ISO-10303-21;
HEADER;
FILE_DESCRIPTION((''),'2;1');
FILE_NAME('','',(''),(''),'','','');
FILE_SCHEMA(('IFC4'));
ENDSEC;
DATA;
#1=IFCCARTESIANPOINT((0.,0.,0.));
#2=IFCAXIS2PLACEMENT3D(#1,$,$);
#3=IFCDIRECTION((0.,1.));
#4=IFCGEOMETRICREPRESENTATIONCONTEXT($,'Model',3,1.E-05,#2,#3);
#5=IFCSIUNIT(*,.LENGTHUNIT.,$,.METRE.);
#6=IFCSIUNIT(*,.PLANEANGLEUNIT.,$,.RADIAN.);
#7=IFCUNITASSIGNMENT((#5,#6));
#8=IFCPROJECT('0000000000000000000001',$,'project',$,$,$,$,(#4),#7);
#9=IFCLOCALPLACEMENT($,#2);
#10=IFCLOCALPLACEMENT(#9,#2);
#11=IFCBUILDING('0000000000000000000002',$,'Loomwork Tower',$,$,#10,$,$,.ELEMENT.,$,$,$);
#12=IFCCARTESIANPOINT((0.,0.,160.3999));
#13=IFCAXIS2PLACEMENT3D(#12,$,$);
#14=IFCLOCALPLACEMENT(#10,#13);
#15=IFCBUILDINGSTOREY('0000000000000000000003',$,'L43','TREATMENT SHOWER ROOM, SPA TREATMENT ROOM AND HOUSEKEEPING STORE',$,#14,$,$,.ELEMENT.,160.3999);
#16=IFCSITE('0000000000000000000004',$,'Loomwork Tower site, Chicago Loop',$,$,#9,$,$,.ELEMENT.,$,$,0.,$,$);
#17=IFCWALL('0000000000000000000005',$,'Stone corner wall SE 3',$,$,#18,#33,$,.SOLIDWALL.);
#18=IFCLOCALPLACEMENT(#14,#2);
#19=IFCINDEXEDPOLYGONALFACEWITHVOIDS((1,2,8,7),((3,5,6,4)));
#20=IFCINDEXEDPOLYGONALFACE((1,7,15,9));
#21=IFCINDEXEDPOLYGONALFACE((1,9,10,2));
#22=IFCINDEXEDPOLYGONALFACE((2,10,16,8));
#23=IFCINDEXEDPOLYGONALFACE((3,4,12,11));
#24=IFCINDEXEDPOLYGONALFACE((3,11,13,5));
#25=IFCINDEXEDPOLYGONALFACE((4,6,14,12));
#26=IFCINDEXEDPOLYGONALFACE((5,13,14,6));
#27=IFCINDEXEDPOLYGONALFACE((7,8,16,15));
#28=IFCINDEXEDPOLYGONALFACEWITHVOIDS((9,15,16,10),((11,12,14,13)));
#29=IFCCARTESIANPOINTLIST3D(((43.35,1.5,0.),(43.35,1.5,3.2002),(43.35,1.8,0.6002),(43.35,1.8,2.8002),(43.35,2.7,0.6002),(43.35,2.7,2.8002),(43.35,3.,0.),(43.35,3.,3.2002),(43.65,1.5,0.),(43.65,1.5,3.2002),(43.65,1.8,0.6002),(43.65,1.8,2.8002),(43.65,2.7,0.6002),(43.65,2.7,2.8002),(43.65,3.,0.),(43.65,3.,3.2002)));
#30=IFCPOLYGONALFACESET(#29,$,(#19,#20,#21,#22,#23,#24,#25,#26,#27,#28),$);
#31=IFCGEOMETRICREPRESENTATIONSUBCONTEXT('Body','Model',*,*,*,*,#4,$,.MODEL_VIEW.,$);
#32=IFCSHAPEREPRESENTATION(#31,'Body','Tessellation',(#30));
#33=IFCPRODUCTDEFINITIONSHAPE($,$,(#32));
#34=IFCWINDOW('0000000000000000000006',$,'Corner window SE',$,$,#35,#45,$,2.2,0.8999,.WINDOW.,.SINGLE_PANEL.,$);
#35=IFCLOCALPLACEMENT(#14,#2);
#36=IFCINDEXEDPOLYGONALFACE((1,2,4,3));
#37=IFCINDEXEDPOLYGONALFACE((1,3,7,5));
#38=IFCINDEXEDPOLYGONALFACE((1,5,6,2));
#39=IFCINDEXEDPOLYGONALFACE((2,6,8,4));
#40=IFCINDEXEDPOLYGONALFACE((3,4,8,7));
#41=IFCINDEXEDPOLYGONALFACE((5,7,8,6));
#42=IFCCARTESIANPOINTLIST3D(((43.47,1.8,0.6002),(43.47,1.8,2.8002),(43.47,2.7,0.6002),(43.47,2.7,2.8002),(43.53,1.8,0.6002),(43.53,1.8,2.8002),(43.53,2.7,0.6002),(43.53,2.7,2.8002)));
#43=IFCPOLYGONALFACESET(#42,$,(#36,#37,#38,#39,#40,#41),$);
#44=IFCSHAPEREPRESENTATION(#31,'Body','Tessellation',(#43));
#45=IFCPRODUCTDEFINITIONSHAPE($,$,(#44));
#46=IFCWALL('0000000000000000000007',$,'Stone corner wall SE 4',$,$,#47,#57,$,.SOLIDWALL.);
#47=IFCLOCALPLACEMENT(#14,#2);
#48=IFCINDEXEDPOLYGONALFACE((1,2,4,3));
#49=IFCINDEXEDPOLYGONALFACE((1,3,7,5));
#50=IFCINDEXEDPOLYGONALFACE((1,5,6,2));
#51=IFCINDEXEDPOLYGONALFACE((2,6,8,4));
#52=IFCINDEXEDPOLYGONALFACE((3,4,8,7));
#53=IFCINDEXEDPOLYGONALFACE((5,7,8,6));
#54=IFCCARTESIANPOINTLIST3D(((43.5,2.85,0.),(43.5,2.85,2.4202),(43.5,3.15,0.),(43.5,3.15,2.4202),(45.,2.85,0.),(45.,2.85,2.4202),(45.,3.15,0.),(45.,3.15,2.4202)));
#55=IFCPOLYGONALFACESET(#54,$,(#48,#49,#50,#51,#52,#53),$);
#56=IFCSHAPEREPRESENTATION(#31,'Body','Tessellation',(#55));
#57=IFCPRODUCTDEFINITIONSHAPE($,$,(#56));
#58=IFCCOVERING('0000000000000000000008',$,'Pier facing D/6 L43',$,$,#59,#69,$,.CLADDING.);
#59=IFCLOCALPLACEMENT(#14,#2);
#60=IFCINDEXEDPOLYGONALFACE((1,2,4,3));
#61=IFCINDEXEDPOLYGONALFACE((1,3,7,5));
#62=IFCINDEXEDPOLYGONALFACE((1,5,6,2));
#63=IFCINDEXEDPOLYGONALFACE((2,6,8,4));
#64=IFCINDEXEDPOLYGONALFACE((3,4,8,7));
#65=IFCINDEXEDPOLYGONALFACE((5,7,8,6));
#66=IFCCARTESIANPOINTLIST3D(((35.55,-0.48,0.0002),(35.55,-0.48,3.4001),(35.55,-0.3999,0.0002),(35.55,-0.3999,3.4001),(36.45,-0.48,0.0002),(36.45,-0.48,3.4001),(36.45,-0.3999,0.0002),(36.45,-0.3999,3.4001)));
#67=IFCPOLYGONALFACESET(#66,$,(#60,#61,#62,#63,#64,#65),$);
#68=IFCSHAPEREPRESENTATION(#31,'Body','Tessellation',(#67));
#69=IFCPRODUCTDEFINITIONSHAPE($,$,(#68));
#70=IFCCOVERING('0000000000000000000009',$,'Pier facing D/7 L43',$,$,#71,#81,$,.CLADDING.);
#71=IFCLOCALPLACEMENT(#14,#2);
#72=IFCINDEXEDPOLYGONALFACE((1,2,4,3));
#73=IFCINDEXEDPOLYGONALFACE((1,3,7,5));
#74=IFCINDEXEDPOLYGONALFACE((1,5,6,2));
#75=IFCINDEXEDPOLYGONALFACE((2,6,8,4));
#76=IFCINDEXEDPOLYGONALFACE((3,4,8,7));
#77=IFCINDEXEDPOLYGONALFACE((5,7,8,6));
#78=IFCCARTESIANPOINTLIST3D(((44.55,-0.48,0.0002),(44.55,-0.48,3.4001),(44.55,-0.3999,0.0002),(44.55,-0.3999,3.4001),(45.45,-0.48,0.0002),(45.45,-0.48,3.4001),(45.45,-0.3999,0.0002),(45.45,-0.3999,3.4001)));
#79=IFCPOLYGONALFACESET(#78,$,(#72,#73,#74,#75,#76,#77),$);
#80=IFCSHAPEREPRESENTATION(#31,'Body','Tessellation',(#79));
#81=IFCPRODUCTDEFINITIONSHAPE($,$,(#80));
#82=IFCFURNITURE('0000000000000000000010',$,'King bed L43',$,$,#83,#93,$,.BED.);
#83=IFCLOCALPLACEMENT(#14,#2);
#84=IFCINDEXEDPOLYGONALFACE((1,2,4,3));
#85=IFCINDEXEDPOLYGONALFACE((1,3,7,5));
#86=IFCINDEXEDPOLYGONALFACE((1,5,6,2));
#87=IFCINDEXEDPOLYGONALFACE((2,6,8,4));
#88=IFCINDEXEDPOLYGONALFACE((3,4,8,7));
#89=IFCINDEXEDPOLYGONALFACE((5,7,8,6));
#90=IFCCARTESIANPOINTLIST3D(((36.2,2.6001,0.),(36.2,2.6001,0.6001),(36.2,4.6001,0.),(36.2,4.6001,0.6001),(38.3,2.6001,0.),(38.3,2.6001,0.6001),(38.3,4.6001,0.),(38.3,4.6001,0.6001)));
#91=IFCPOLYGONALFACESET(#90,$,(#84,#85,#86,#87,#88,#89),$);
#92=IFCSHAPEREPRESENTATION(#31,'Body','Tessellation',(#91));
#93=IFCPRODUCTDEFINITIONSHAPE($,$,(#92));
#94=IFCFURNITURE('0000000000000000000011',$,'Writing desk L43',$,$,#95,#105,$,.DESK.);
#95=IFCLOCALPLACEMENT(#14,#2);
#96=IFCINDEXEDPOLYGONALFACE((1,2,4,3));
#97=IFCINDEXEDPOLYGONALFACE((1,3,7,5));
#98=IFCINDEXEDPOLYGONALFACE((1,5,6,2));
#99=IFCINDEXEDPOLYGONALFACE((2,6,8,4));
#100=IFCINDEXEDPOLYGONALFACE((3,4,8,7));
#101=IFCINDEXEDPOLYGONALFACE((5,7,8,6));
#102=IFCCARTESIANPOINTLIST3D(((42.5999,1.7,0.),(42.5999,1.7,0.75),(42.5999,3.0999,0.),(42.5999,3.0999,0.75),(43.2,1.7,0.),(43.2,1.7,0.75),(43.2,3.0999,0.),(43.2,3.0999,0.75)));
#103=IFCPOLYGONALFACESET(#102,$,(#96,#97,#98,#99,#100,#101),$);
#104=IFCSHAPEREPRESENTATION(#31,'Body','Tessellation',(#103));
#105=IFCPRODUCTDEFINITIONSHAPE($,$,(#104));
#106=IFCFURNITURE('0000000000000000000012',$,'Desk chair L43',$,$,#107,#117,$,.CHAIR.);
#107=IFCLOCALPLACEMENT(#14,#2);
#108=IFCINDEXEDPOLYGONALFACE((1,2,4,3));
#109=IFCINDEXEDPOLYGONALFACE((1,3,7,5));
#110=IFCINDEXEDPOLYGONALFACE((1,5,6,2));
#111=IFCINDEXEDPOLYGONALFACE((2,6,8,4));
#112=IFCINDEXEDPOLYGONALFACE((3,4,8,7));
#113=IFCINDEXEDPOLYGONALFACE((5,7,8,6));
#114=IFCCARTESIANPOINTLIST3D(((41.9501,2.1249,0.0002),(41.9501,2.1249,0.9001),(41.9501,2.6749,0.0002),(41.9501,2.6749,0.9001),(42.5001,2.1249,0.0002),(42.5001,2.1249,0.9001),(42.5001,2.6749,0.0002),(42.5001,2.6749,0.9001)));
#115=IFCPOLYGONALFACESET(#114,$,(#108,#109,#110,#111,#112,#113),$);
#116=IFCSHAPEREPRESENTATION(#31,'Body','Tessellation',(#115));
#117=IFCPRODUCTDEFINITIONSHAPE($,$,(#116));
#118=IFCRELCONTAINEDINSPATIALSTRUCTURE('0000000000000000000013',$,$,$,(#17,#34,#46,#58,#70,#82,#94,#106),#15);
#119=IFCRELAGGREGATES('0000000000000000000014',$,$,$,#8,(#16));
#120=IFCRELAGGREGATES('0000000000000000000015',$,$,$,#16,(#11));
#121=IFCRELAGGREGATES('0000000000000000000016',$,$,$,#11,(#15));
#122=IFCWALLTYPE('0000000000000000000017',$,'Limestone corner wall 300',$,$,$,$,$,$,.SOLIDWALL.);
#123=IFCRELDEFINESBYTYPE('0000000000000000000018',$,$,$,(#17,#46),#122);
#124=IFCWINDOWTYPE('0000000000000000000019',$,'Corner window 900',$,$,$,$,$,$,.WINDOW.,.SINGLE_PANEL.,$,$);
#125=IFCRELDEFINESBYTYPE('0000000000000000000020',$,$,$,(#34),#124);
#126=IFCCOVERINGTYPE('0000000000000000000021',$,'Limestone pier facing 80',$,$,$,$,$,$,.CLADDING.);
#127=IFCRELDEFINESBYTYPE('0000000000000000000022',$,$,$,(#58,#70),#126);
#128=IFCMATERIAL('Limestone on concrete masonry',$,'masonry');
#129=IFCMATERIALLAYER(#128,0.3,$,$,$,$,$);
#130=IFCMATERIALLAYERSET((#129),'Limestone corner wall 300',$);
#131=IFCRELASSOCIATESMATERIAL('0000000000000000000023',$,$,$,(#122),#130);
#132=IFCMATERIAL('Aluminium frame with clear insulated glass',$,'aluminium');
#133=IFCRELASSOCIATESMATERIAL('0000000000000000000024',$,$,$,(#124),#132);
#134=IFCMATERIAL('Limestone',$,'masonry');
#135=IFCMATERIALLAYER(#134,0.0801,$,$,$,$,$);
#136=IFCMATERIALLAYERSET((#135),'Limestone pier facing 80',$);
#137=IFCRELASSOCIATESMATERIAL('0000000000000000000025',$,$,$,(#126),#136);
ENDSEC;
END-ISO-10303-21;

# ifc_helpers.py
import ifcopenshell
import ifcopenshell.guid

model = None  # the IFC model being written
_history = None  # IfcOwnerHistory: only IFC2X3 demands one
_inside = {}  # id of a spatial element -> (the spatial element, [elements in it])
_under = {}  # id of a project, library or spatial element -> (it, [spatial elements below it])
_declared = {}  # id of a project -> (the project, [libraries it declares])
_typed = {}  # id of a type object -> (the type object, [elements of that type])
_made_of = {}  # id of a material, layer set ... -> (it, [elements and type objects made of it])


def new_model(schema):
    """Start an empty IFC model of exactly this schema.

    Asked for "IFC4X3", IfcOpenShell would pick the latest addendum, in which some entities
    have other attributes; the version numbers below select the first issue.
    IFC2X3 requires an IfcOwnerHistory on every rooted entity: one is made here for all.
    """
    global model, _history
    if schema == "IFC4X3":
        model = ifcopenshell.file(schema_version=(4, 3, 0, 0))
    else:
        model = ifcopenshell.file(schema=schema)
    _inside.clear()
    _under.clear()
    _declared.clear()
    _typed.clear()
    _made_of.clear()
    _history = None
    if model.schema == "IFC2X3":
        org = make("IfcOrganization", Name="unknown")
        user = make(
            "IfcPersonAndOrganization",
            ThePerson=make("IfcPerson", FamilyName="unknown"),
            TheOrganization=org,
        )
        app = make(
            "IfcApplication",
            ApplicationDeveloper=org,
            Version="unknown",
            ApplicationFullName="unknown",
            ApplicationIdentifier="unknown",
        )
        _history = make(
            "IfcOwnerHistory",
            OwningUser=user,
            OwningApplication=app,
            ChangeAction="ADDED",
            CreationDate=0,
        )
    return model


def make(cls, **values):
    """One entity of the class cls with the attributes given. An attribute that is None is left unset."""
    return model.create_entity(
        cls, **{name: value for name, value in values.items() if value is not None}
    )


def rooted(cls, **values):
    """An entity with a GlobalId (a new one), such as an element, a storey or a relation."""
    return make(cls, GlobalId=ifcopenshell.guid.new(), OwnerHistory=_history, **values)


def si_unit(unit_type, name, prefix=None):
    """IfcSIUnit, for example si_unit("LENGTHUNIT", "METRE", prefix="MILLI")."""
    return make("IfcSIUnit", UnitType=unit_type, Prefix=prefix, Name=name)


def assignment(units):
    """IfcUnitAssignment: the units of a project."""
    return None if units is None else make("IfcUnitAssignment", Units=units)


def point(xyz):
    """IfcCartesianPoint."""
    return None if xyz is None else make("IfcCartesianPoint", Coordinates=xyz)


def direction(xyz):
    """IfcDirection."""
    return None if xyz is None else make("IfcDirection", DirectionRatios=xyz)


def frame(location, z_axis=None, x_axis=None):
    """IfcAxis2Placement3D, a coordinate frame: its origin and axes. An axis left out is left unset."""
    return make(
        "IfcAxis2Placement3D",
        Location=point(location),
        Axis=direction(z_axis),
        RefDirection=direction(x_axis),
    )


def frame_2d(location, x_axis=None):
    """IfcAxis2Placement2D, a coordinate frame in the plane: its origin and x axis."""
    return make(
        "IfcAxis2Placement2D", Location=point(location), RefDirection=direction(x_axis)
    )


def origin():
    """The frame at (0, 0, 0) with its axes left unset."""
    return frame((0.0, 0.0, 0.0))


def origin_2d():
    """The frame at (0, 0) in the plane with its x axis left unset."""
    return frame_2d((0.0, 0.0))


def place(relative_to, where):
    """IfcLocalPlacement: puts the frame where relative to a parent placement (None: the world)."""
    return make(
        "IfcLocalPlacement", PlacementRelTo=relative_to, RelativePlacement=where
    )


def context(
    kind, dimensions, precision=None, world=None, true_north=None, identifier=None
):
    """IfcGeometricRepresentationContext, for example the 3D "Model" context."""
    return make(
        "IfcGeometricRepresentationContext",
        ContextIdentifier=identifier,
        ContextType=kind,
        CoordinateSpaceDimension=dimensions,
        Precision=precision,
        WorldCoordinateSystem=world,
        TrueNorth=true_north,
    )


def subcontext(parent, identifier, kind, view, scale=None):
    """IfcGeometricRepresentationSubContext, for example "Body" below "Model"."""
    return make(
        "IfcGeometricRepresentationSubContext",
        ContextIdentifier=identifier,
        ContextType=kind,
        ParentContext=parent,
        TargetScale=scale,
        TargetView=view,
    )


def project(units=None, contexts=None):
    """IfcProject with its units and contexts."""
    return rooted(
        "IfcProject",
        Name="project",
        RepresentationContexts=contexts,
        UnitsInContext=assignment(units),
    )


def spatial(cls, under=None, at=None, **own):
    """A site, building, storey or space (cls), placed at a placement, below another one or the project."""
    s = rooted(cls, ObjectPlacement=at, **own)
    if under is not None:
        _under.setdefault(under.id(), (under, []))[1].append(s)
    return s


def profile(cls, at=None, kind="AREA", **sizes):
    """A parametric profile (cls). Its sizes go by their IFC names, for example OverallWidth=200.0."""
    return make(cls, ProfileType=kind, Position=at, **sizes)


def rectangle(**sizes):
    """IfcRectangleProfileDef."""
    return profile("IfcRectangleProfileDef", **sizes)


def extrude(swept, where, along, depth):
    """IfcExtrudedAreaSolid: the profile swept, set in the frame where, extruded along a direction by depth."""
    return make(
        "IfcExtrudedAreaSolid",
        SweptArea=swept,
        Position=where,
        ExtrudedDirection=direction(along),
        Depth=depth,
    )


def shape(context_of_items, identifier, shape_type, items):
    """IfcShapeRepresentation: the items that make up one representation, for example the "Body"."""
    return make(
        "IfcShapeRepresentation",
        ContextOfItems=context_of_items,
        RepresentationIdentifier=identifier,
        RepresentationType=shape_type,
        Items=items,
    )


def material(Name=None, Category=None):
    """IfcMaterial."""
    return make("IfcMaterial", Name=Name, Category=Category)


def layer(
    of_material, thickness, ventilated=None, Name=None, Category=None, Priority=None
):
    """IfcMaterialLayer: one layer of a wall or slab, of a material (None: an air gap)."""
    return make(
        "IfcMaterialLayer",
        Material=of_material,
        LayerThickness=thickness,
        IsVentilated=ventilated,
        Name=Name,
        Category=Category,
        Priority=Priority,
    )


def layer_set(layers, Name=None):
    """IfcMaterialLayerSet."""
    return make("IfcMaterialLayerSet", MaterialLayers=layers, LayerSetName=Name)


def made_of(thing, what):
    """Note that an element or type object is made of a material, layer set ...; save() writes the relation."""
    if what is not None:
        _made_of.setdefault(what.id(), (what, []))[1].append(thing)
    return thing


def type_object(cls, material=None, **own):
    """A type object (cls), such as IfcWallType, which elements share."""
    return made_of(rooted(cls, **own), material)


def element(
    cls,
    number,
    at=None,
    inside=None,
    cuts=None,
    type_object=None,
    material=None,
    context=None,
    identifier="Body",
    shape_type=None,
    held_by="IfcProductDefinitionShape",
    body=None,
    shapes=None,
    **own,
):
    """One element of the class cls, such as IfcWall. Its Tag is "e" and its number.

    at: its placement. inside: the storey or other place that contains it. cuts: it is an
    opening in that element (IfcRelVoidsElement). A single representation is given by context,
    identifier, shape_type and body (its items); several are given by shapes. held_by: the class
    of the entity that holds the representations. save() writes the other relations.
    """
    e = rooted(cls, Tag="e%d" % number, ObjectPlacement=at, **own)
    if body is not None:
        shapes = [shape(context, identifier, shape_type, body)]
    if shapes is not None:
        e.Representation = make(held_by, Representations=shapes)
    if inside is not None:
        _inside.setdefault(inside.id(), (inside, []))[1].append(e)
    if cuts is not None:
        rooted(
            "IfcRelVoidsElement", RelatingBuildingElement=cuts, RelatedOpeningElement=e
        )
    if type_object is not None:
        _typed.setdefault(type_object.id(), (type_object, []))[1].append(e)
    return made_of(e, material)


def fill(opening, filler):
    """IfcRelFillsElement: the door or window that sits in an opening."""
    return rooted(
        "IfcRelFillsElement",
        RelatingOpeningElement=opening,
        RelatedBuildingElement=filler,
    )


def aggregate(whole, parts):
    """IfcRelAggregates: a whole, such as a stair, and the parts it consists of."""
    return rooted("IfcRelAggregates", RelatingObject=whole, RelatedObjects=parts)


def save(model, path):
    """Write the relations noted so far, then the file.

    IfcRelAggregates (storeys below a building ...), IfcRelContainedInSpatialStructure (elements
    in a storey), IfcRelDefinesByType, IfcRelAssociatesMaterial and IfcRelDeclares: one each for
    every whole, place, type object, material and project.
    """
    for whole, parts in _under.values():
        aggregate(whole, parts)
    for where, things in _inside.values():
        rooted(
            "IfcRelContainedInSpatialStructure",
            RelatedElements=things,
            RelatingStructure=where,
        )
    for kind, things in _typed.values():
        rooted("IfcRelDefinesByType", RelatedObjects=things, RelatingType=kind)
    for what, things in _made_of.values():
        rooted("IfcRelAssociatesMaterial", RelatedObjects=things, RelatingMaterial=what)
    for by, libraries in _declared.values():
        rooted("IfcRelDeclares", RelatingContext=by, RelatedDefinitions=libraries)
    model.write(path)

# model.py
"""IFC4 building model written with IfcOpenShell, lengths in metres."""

from ifc_helpers import new_model, si_unit, direction, frame, frame_2d, origin, origin_2d, place, context, subcontext, project, spatial, rectangle, extrude, material, layer, layer_set, type_object, element, fill, save


model = new_model("IFC4")

# Units and contexts
model_context = context("Model", 3, precision=1e-05, world=origin(), true_north=direction((0.0, 1.0)))
body_context = subcontext(model_context, "Body", "Model", "MODEL_VIEW")
ifc_project = project(units=[si_unit("LENGTHUNIT", "METRE"), si_unit("PLANEANGLEUNIT", "RADIAN")], contexts=[model_context])

# Site, building, storey
site_placement = place(None, origin())
site = spatial("IfcSite", under=ifc_project, at=site_placement, Name="Loomwork Tower site, Chicago Loop", CompositionType="ELEMENT", RefElevation=0.0)
building_placement = place(site_placement, origin())
building = spatial("IfcBuilding", under=site, at=building_placement, Name="Loomwork Tower", CompositionType="ELEMENT")
storey_placement = place(building_placement, frame((0.0, 0.0, 160.3999)))
storey = spatial("IfcBuildingStorey", under=building, at=storey_placement, Name="L43", Description="TREATMENT SHOWER ROOM, SPA TREATMENT ROOM AND HOUSEKEEPING STORE", CompositionType="ELEMENT", Elevation=160.3999)

# Shared definitions
ifc_material_1 = material(Name="Limestone on concrete masonry", Category="masonry")
ifc_layer_1 = layer(ifc_material_1, 0.3)
ifc_layer_set_1 = layer_set([ifc_layer_1], Name="Limestone corner wall 300")
wall_type_1 = type_object("IfcWallType", Name="Limestone corner wall 300", PredefinedType="SOLIDWALL", material=ifc_layer_set_1)

# Wall, opening, window
ifc_material_2 = material(Name="Aluminium frame with clear insulated glass", Category="aluminium")
window_type_1 = type_object("IfcWindowType", Name="Corner window 900", PartitioningType="SINGLE_PANEL", PredefinedType="WINDOW", material=ifc_material_2)
wall_1_placement = place(storey_placement, frame((43.5, 1.5, 0.0), z_axis=(0.0, 0.0, 1.0), x_axis=(0.0, 1.0, 0.0)))
wall_1 = element("IfcWall", 1, at=wall_1_placement, inside=storey, type_object=wall_type_1, Name="Stone corner wall SE 3", PredefinedType="SOLIDWALL", context=body_context, shape_type="SweptSolid", body=[
    extrude(rectangle(XDim=1.5, YDim=0.3, at=frame_2d((0.75, 0.0))), origin(), (0.0, 0.0, 1.0), 3.2002),
])
opening_1_placement = place(wall_1_placement, frame((0.3, 0.0, 0.6001)))
opening_1 = element("IfcOpeningElement", 2, at=opening_1_placement, cuts=wall_1, PredefinedType="OPENING", context=body_context, shape_type="SweptSolid", body=[
    extrude(rectangle(XDim=0.8999, YDim=2.2, at=frame_2d((0.45, 1.1001))), frame((0.0, 0.1599, 0.0), z_axis=(0.0, -1.0, 0.0), x_axis=(1.0, 0.0, 0.0)), (0.0, 0.0, 1.0), 0.3201),
])
window_1_placement = place(opening_1_placement, origin())
window_1 = element("IfcWindow", 3, at=window_1_placement, inside=storey, type_object=window_type_1, Name="Corner window SE", OverallHeight=2.2, OverallWidth=0.8999, PartitioningType="SINGLE_PANEL", PredefinedType="WINDOW", context=body_context, shape_type="SweptSolid", body=[
    extrude(rectangle(XDim=0.8999, YDim=2.2, at=frame_2d((0.45, 1.1001))), frame((0.0, 0.03, 0.0), z_axis=(0.0, -1.0, 0.0), x_axis=(1.0, 0.0, 0.0)), (0.0, 0.0, 1.0), 0.0601),
])
fill(opening_1, window_1)

# Wall
wall_2_placement = place(storey_placement, frame((43.5, 3.0, 0.0), z_axis=(0.0, 0.0, 1.0), x_axis=(1.0, 0.0, 0.0)))
element("IfcWall", 4, at=wall_2_placement, inside=storey, type_object=wall_type_1, Name="Stone corner wall SE 4", PredefinedType="SOLIDWALL", context=body_context, shape_type="SweptSolid", body=[
    extrude(rectangle(XDim=1.5, YDim=0.3, at=frame_2d((0.75, 0.0))), origin(), (0.0, 0.0, 1.0), 2.4202),
])

# Coverings
ifc_material_3 = material(Name="Limestone", Category="masonry")
ifc_layer_2 = layer(ifc_material_3, 0.0801)
ifc_layer_set_2 = layer_set([ifc_layer_2], Name="Limestone pier facing 80")
covering_type = type_object("IfcCoveringType", Name="Limestone pier facing 80", PredefinedType="CLADDING", material=ifc_layer_set_2)
for number, where, z_axis, x_axis, name in (
    (5, (36.0, -0.4399, 0.0002), (0.0, 0.0, 1.0), (1.0, 0.0, 0.0), "Pier facing D/6 L43"),
    (6, (45.0, -0.4399, 0.0002), (0.0, 0.0, 1.0), (1.0, 0.0, 0.0), "Pier facing D/7 L43"),
):
    element("IfcCovering", number, at=place(storey_placement, frame(where, z_axis=z_axis, x_axis=x_axis)), inside=storey, type_object=covering_type, Name=name, PredefinedType="CLADDING", context=body_context, shape_type="SweptSolid", body=[
        extrude(rectangle(XDim=0.8999, YDim=0.0801, at=origin_2d()), origin(), (0.0, 0.0, 1.0), 3.3999),
    ])

# Furniture
furniture_1_placement = place(storey_placement, frame((37.25, 3.6001, 0.0), z_axis=(0.0, 0.0, 1.0), x_axis=(1.0, 0.0, 0.0)))
element("IfcFurniture", 7, at=furniture_1_placement, inside=storey, Name="King bed L43", PredefinedType="BED", context=body_context, shape_type="SweptSolid", body=[
    extrude(rectangle(XDim=2.1001, YDim=2.0, at=origin_2d()), origin(), (0.0, 0.0, 1.0), 0.6001),
])
furniture_2_placement = place(storey_placement, frame((42.8999, 2.3999, 0.0), z_axis=(0.0, 0.0, 1.0), x_axis=(1.0, 0.0, 0.0)))
element("IfcFurniture", 8, at=furniture_2_placement, inside=storey, Name="Writing desk L43", PredefinedType="DESK", context=body_context, shape_type="SweptSolid", body=[
    extrude(rectangle(XDim=0.6001, YDim=1.3999, at=origin_2d()), origin(), (0.0, 0.0, 1.0), 0.75),
])
furniture_3_placement = place(storey_placement, frame((42.2251, 2.3999, 0.0002), z_axis=(0.0, 0.0, 1.0), x_axis=(1.0, 0.0, 0.0)))
element("IfcFurniture", 9, at=furniture_3_placement, inside=storey, Name="Desk chair L43", PredefinedType="CHAIR", context=body_context, shape_type="SweptSolid", body=[
    extrude(rectangle(XDim=0.55, YDim=0.55, at=origin_2d()), origin(), (0.0, 0.0, 1.0), 0.8999),
])

save(model, "model.ifc")
